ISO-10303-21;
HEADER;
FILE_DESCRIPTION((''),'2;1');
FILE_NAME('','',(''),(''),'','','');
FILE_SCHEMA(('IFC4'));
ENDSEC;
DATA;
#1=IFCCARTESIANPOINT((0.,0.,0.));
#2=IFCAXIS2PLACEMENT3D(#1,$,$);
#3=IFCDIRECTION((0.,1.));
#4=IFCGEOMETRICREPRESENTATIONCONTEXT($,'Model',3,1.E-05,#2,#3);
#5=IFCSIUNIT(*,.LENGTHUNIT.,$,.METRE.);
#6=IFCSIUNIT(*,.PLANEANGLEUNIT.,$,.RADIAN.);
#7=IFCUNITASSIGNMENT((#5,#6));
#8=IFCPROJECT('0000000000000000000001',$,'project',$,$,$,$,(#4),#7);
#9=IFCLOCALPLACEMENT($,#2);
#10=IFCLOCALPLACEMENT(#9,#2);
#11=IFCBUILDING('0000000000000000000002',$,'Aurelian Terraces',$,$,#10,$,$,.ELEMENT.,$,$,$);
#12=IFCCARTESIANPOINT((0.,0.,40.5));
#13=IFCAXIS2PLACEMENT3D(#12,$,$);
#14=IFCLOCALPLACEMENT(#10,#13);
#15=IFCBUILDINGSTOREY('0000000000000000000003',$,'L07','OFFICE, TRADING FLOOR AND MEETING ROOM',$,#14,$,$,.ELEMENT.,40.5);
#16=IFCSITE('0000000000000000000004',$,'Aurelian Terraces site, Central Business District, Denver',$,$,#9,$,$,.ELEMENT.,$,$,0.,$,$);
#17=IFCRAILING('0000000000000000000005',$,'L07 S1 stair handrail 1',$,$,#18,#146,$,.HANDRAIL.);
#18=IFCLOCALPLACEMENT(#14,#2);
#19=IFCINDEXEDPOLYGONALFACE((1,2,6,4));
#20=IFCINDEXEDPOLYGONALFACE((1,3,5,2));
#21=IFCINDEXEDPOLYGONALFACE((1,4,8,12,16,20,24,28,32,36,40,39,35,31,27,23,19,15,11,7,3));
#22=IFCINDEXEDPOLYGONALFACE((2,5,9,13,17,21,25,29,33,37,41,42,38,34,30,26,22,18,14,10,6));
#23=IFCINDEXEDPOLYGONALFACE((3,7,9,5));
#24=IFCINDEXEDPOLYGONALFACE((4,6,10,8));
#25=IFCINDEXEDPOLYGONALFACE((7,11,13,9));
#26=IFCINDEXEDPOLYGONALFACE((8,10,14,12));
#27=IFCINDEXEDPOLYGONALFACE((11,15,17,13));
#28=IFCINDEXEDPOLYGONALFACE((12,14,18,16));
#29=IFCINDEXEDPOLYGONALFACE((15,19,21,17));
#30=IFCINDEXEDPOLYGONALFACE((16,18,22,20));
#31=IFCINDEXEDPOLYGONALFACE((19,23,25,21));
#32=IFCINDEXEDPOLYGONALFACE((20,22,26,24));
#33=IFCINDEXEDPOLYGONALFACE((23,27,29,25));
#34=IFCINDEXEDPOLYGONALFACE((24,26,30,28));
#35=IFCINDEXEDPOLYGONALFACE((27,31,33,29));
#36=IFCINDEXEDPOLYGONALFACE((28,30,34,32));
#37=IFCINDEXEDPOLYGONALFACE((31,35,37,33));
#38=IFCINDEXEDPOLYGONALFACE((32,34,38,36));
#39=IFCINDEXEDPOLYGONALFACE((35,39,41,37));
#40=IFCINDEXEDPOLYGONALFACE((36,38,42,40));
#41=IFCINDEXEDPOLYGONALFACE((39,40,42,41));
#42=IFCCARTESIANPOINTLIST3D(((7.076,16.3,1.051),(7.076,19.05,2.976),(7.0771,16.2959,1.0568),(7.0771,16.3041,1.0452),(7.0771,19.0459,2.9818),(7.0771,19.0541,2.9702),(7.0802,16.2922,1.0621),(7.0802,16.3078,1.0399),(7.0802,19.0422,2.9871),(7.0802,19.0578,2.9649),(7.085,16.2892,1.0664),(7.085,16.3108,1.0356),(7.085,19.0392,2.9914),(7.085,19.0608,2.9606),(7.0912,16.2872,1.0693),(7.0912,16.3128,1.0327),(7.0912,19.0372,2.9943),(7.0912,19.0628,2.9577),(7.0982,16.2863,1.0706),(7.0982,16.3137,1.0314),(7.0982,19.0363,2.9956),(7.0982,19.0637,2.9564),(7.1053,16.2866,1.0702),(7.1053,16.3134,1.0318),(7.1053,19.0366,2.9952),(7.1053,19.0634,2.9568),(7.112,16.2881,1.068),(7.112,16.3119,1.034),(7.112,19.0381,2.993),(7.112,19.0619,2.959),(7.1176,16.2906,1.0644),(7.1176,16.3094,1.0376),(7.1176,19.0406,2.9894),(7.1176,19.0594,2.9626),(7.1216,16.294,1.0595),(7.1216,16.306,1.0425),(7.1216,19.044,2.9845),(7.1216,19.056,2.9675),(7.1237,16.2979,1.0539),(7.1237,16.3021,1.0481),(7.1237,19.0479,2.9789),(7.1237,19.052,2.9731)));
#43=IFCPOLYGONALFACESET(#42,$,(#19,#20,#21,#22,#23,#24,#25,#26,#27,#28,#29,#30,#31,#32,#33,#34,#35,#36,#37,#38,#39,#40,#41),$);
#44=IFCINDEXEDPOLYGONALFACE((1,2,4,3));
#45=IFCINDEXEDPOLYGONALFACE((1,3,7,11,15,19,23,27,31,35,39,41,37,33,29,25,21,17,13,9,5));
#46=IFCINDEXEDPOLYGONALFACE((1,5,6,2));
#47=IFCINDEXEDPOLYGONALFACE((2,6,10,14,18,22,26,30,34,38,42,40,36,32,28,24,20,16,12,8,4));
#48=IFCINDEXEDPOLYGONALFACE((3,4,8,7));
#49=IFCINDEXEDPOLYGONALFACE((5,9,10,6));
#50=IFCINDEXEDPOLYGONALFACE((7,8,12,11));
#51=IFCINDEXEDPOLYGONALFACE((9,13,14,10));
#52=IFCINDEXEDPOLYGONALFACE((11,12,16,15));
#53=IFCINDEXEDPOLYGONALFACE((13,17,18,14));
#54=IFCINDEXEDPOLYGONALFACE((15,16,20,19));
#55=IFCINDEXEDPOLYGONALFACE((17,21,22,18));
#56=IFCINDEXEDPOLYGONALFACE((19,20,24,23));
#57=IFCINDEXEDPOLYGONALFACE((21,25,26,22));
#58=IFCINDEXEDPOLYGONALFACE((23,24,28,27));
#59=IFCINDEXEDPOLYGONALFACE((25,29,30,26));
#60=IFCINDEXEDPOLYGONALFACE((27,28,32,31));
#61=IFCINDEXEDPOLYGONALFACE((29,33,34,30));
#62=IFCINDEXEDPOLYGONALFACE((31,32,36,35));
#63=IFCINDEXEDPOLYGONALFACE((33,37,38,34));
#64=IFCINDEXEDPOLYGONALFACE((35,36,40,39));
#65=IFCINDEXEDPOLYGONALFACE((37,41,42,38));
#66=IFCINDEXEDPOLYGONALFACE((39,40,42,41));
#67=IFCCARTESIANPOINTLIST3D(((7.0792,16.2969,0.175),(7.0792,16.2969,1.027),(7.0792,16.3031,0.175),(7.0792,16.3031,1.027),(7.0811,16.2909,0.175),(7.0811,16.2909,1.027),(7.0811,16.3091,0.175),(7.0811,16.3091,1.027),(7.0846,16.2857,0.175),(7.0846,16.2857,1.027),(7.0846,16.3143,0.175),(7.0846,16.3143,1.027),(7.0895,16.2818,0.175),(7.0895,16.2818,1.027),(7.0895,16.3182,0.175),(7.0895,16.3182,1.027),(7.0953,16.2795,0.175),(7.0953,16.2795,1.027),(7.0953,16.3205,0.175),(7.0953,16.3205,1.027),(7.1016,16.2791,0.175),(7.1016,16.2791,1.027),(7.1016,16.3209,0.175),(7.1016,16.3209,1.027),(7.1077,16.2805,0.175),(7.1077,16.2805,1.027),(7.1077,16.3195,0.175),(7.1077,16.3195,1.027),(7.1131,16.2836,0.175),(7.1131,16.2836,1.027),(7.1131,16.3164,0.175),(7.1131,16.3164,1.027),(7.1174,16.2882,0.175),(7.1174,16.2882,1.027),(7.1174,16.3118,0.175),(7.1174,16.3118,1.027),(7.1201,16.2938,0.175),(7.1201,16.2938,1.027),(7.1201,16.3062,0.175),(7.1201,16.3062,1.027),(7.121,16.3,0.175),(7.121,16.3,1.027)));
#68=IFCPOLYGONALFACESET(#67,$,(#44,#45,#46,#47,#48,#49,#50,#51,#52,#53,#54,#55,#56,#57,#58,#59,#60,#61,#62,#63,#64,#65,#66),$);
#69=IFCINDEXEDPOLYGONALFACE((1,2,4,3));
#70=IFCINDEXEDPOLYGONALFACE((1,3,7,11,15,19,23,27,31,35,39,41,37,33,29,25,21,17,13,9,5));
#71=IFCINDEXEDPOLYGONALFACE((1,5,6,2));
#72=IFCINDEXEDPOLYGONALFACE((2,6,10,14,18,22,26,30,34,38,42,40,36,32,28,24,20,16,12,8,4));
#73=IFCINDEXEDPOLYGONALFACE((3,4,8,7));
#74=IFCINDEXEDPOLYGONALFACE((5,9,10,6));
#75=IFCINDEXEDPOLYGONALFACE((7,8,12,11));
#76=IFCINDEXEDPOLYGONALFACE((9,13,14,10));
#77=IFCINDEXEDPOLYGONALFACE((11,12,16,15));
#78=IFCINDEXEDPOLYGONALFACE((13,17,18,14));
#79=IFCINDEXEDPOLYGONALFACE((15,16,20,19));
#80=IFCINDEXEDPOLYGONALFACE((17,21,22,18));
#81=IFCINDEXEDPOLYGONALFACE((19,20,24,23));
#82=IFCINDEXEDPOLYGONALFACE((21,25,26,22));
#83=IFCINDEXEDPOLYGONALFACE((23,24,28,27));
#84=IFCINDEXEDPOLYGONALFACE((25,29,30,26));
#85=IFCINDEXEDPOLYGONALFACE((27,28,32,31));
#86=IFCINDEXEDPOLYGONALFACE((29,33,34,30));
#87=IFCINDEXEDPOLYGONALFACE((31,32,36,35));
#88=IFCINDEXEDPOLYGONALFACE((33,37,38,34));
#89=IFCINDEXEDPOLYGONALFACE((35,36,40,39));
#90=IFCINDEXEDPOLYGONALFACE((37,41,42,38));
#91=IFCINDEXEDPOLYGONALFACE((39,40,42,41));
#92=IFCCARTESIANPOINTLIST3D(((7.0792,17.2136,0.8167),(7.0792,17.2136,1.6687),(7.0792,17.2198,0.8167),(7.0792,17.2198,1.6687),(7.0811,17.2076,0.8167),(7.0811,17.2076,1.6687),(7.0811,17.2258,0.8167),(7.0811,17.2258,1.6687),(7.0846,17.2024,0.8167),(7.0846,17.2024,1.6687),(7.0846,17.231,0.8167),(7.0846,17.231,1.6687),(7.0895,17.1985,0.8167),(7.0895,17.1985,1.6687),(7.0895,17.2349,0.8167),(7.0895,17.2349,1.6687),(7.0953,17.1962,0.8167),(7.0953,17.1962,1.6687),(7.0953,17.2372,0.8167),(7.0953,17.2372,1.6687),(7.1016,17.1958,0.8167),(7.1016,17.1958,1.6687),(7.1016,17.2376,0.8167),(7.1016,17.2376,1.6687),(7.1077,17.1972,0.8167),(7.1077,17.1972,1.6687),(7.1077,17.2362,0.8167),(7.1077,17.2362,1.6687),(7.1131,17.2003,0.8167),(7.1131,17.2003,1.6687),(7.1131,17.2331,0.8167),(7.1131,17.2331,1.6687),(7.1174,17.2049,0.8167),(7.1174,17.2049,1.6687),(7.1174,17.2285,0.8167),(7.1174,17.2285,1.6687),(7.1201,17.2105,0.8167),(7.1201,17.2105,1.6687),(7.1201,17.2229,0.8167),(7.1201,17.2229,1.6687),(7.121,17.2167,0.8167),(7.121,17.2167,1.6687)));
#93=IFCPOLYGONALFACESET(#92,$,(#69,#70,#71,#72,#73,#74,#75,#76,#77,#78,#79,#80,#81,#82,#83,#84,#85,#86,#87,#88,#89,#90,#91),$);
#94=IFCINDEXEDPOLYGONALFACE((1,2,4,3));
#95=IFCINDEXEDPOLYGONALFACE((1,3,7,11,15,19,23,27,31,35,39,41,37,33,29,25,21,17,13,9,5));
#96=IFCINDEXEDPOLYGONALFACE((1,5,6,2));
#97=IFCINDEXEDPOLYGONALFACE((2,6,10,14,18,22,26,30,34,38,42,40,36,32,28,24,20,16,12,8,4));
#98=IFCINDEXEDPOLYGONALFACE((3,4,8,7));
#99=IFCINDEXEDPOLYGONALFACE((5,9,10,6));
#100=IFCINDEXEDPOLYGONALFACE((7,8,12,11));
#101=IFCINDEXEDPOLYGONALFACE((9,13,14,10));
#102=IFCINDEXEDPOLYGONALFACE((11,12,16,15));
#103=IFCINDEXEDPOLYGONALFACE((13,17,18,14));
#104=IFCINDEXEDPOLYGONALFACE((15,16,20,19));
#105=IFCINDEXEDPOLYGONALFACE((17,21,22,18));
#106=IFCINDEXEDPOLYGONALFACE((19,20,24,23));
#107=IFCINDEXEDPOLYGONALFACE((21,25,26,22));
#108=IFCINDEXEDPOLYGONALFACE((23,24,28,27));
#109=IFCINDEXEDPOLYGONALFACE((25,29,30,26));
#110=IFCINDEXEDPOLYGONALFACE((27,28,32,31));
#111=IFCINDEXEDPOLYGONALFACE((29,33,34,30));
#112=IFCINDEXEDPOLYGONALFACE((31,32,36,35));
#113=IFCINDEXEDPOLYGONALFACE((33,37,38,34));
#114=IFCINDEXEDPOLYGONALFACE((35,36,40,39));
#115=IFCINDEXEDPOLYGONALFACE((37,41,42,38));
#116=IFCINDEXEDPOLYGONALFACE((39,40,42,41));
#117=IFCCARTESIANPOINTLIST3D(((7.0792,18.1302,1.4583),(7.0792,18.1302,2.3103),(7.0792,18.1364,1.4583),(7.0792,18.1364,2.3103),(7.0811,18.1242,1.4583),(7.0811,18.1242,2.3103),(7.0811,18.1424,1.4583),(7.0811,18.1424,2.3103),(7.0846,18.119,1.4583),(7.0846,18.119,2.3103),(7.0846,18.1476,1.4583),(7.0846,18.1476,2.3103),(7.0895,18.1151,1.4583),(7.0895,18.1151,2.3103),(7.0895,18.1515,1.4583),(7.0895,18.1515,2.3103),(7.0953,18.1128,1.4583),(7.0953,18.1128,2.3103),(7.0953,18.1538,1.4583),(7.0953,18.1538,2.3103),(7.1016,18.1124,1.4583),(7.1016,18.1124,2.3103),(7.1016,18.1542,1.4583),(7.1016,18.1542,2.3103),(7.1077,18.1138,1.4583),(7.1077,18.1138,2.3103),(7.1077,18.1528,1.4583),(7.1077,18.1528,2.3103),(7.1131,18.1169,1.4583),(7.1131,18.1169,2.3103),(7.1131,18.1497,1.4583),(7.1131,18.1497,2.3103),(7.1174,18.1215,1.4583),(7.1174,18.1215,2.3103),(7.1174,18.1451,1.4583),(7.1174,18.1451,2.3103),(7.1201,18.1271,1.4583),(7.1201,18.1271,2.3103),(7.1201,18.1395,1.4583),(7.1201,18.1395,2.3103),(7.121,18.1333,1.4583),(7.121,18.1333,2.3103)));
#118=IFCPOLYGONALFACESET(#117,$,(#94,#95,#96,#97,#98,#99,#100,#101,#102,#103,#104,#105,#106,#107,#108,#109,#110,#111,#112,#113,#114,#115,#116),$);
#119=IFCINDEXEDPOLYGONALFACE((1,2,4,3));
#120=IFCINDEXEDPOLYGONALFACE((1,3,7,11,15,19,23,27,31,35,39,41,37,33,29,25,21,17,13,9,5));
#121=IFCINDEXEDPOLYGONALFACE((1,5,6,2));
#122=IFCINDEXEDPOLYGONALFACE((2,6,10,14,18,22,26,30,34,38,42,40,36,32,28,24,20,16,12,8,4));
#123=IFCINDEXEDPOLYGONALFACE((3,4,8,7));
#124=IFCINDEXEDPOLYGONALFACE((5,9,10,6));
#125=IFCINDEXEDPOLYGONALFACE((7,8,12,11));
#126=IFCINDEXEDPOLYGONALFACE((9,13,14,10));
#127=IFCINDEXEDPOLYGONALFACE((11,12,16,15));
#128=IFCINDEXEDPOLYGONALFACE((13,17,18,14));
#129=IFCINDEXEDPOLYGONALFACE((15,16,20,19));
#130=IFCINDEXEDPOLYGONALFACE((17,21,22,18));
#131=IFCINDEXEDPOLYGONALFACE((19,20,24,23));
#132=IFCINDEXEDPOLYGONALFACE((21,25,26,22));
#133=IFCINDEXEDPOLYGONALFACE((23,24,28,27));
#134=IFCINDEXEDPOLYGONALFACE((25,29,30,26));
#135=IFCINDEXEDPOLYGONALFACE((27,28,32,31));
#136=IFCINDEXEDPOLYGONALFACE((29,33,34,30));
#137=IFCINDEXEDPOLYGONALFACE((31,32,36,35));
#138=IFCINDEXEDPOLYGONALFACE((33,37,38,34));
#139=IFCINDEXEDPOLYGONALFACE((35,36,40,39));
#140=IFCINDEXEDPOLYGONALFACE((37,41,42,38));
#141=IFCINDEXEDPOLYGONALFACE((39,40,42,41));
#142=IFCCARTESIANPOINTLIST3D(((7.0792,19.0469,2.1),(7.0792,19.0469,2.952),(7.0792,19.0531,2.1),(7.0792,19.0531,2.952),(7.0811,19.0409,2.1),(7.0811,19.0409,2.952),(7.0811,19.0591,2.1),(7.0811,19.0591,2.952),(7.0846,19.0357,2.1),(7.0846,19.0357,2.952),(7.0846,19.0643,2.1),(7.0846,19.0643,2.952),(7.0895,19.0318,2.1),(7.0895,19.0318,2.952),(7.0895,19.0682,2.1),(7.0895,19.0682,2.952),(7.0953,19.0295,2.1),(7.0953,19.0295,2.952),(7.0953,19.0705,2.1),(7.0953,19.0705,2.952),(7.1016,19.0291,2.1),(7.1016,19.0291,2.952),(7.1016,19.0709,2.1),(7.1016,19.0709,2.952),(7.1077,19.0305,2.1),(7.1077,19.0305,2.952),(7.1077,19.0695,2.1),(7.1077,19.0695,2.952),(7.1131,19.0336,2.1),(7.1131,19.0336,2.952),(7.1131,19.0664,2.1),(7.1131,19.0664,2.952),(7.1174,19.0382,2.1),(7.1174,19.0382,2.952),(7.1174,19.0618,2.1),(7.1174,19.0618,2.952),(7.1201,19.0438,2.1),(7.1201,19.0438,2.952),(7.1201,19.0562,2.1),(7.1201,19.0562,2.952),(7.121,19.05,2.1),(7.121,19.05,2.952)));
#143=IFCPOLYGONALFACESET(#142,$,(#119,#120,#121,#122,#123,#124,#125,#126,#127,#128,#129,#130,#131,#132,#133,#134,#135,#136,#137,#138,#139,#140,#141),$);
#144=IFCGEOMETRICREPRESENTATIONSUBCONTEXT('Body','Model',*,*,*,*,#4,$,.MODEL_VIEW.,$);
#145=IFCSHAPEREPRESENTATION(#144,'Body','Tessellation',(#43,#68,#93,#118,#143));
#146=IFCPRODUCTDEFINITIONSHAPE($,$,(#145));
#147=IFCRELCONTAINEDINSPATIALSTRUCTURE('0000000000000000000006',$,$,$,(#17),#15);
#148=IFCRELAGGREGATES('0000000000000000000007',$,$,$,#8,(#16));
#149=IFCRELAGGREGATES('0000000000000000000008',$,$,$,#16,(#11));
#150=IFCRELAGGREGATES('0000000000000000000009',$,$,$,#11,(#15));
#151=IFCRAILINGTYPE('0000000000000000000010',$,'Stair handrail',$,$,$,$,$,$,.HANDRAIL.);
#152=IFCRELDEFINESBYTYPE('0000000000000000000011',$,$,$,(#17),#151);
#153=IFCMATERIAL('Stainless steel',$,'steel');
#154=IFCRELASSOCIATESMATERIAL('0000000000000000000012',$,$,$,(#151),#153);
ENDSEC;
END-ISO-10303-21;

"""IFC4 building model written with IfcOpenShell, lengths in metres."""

from ifc_helpers import new_model, si_unit, direction, frame, origin, origin_2d, place, context, subcontext, project, spatial, circle, extrude, material, type_object, element, save


model = new_model("IFC4")

# Units and contexts
model_context = context("Model", 3, precision=1e-05, world=origin(), true_north=direction((0.0, 1.0)))
body_context = subcontext(model_context, "Body", "Model", "MODEL_VIEW")
ifc_project = project(units=[si_unit("LENGTHUNIT", "METRE"), si_unit("PLANEANGLEUNIT", "RADIAN")], contexts=[model_context])

# Site, building, storey
site_placement = place(None, origin())
site = spatial("IfcSite", under=ifc_project, at=site_placement, Name="Aurelian Terraces site, Central Business District, Denver", CompositionType="ELEMENT", RefElevation=0.0)
building_placement = place(site_placement, origin())
building = spatial("IfcBuilding", under=site, at=building_placement, Name="Aurelian Terraces", CompositionType="ELEMENT")
storey_placement = place(building_placement, frame((0.0, 0.0, 40.5)))
storey = spatial("IfcBuildingStorey", under=building, at=storey_placement, Name="L07", Description="OFFICE, TRADING FLOOR AND MEETING ROOM", CompositionType="ELEMENT", Elevation=40.5)

# Railing
ifc_material_1 = material(Name="Stainless steel", Category="steel")
railing_type_1 = type_object("IfcRailingType", Name="Stair handrail", PredefinedType="HANDRAIL", material=ifc_material_1)
railing_1_placement = place(storey_placement, frame((7.1, 16.3, 0.175)))
element("IfcRailing", 1, at=railing_1_placement, inside=storey, type_object=railing_type_1, Name="L07 S1 stair handrail 1", PredefinedType="HANDRAIL", context=body_context, shape_type="SweptSolid", body=[
    extrude(circle(Radius=0.024, at=origin_2d()), frame((0.0, 0.0, 0.876), z_axis=(0.0, 0.819232, 0.573462), x_axis=(-1.0, 0.0, 0.0)), (0.0, 0.0, 1.0), 3.3568),
    extrude(circle(Radius=0.021, at=origin_2d()), origin(), (0.0, 0.0, 1.0), 0.852),
    extrude(circle(Radius=0.021, at=origin_2d()), frame((0.0, 0.9167, 0.6417)), (0.0, 0.0, 1.0), 0.852),
    extrude(circle(Radius=0.021, at=origin_2d()), frame((0.0, 1.8333, 1.2833)), (0.0, 0.0, 1.0), 0.852),
    extrude(circle(Radius=0.021, at=origin_2d()), frame((0.0, 2.75, 1.925)), (0.0, 0.0, 1.0), 0.852),
])

save(model, "model.ifc")
